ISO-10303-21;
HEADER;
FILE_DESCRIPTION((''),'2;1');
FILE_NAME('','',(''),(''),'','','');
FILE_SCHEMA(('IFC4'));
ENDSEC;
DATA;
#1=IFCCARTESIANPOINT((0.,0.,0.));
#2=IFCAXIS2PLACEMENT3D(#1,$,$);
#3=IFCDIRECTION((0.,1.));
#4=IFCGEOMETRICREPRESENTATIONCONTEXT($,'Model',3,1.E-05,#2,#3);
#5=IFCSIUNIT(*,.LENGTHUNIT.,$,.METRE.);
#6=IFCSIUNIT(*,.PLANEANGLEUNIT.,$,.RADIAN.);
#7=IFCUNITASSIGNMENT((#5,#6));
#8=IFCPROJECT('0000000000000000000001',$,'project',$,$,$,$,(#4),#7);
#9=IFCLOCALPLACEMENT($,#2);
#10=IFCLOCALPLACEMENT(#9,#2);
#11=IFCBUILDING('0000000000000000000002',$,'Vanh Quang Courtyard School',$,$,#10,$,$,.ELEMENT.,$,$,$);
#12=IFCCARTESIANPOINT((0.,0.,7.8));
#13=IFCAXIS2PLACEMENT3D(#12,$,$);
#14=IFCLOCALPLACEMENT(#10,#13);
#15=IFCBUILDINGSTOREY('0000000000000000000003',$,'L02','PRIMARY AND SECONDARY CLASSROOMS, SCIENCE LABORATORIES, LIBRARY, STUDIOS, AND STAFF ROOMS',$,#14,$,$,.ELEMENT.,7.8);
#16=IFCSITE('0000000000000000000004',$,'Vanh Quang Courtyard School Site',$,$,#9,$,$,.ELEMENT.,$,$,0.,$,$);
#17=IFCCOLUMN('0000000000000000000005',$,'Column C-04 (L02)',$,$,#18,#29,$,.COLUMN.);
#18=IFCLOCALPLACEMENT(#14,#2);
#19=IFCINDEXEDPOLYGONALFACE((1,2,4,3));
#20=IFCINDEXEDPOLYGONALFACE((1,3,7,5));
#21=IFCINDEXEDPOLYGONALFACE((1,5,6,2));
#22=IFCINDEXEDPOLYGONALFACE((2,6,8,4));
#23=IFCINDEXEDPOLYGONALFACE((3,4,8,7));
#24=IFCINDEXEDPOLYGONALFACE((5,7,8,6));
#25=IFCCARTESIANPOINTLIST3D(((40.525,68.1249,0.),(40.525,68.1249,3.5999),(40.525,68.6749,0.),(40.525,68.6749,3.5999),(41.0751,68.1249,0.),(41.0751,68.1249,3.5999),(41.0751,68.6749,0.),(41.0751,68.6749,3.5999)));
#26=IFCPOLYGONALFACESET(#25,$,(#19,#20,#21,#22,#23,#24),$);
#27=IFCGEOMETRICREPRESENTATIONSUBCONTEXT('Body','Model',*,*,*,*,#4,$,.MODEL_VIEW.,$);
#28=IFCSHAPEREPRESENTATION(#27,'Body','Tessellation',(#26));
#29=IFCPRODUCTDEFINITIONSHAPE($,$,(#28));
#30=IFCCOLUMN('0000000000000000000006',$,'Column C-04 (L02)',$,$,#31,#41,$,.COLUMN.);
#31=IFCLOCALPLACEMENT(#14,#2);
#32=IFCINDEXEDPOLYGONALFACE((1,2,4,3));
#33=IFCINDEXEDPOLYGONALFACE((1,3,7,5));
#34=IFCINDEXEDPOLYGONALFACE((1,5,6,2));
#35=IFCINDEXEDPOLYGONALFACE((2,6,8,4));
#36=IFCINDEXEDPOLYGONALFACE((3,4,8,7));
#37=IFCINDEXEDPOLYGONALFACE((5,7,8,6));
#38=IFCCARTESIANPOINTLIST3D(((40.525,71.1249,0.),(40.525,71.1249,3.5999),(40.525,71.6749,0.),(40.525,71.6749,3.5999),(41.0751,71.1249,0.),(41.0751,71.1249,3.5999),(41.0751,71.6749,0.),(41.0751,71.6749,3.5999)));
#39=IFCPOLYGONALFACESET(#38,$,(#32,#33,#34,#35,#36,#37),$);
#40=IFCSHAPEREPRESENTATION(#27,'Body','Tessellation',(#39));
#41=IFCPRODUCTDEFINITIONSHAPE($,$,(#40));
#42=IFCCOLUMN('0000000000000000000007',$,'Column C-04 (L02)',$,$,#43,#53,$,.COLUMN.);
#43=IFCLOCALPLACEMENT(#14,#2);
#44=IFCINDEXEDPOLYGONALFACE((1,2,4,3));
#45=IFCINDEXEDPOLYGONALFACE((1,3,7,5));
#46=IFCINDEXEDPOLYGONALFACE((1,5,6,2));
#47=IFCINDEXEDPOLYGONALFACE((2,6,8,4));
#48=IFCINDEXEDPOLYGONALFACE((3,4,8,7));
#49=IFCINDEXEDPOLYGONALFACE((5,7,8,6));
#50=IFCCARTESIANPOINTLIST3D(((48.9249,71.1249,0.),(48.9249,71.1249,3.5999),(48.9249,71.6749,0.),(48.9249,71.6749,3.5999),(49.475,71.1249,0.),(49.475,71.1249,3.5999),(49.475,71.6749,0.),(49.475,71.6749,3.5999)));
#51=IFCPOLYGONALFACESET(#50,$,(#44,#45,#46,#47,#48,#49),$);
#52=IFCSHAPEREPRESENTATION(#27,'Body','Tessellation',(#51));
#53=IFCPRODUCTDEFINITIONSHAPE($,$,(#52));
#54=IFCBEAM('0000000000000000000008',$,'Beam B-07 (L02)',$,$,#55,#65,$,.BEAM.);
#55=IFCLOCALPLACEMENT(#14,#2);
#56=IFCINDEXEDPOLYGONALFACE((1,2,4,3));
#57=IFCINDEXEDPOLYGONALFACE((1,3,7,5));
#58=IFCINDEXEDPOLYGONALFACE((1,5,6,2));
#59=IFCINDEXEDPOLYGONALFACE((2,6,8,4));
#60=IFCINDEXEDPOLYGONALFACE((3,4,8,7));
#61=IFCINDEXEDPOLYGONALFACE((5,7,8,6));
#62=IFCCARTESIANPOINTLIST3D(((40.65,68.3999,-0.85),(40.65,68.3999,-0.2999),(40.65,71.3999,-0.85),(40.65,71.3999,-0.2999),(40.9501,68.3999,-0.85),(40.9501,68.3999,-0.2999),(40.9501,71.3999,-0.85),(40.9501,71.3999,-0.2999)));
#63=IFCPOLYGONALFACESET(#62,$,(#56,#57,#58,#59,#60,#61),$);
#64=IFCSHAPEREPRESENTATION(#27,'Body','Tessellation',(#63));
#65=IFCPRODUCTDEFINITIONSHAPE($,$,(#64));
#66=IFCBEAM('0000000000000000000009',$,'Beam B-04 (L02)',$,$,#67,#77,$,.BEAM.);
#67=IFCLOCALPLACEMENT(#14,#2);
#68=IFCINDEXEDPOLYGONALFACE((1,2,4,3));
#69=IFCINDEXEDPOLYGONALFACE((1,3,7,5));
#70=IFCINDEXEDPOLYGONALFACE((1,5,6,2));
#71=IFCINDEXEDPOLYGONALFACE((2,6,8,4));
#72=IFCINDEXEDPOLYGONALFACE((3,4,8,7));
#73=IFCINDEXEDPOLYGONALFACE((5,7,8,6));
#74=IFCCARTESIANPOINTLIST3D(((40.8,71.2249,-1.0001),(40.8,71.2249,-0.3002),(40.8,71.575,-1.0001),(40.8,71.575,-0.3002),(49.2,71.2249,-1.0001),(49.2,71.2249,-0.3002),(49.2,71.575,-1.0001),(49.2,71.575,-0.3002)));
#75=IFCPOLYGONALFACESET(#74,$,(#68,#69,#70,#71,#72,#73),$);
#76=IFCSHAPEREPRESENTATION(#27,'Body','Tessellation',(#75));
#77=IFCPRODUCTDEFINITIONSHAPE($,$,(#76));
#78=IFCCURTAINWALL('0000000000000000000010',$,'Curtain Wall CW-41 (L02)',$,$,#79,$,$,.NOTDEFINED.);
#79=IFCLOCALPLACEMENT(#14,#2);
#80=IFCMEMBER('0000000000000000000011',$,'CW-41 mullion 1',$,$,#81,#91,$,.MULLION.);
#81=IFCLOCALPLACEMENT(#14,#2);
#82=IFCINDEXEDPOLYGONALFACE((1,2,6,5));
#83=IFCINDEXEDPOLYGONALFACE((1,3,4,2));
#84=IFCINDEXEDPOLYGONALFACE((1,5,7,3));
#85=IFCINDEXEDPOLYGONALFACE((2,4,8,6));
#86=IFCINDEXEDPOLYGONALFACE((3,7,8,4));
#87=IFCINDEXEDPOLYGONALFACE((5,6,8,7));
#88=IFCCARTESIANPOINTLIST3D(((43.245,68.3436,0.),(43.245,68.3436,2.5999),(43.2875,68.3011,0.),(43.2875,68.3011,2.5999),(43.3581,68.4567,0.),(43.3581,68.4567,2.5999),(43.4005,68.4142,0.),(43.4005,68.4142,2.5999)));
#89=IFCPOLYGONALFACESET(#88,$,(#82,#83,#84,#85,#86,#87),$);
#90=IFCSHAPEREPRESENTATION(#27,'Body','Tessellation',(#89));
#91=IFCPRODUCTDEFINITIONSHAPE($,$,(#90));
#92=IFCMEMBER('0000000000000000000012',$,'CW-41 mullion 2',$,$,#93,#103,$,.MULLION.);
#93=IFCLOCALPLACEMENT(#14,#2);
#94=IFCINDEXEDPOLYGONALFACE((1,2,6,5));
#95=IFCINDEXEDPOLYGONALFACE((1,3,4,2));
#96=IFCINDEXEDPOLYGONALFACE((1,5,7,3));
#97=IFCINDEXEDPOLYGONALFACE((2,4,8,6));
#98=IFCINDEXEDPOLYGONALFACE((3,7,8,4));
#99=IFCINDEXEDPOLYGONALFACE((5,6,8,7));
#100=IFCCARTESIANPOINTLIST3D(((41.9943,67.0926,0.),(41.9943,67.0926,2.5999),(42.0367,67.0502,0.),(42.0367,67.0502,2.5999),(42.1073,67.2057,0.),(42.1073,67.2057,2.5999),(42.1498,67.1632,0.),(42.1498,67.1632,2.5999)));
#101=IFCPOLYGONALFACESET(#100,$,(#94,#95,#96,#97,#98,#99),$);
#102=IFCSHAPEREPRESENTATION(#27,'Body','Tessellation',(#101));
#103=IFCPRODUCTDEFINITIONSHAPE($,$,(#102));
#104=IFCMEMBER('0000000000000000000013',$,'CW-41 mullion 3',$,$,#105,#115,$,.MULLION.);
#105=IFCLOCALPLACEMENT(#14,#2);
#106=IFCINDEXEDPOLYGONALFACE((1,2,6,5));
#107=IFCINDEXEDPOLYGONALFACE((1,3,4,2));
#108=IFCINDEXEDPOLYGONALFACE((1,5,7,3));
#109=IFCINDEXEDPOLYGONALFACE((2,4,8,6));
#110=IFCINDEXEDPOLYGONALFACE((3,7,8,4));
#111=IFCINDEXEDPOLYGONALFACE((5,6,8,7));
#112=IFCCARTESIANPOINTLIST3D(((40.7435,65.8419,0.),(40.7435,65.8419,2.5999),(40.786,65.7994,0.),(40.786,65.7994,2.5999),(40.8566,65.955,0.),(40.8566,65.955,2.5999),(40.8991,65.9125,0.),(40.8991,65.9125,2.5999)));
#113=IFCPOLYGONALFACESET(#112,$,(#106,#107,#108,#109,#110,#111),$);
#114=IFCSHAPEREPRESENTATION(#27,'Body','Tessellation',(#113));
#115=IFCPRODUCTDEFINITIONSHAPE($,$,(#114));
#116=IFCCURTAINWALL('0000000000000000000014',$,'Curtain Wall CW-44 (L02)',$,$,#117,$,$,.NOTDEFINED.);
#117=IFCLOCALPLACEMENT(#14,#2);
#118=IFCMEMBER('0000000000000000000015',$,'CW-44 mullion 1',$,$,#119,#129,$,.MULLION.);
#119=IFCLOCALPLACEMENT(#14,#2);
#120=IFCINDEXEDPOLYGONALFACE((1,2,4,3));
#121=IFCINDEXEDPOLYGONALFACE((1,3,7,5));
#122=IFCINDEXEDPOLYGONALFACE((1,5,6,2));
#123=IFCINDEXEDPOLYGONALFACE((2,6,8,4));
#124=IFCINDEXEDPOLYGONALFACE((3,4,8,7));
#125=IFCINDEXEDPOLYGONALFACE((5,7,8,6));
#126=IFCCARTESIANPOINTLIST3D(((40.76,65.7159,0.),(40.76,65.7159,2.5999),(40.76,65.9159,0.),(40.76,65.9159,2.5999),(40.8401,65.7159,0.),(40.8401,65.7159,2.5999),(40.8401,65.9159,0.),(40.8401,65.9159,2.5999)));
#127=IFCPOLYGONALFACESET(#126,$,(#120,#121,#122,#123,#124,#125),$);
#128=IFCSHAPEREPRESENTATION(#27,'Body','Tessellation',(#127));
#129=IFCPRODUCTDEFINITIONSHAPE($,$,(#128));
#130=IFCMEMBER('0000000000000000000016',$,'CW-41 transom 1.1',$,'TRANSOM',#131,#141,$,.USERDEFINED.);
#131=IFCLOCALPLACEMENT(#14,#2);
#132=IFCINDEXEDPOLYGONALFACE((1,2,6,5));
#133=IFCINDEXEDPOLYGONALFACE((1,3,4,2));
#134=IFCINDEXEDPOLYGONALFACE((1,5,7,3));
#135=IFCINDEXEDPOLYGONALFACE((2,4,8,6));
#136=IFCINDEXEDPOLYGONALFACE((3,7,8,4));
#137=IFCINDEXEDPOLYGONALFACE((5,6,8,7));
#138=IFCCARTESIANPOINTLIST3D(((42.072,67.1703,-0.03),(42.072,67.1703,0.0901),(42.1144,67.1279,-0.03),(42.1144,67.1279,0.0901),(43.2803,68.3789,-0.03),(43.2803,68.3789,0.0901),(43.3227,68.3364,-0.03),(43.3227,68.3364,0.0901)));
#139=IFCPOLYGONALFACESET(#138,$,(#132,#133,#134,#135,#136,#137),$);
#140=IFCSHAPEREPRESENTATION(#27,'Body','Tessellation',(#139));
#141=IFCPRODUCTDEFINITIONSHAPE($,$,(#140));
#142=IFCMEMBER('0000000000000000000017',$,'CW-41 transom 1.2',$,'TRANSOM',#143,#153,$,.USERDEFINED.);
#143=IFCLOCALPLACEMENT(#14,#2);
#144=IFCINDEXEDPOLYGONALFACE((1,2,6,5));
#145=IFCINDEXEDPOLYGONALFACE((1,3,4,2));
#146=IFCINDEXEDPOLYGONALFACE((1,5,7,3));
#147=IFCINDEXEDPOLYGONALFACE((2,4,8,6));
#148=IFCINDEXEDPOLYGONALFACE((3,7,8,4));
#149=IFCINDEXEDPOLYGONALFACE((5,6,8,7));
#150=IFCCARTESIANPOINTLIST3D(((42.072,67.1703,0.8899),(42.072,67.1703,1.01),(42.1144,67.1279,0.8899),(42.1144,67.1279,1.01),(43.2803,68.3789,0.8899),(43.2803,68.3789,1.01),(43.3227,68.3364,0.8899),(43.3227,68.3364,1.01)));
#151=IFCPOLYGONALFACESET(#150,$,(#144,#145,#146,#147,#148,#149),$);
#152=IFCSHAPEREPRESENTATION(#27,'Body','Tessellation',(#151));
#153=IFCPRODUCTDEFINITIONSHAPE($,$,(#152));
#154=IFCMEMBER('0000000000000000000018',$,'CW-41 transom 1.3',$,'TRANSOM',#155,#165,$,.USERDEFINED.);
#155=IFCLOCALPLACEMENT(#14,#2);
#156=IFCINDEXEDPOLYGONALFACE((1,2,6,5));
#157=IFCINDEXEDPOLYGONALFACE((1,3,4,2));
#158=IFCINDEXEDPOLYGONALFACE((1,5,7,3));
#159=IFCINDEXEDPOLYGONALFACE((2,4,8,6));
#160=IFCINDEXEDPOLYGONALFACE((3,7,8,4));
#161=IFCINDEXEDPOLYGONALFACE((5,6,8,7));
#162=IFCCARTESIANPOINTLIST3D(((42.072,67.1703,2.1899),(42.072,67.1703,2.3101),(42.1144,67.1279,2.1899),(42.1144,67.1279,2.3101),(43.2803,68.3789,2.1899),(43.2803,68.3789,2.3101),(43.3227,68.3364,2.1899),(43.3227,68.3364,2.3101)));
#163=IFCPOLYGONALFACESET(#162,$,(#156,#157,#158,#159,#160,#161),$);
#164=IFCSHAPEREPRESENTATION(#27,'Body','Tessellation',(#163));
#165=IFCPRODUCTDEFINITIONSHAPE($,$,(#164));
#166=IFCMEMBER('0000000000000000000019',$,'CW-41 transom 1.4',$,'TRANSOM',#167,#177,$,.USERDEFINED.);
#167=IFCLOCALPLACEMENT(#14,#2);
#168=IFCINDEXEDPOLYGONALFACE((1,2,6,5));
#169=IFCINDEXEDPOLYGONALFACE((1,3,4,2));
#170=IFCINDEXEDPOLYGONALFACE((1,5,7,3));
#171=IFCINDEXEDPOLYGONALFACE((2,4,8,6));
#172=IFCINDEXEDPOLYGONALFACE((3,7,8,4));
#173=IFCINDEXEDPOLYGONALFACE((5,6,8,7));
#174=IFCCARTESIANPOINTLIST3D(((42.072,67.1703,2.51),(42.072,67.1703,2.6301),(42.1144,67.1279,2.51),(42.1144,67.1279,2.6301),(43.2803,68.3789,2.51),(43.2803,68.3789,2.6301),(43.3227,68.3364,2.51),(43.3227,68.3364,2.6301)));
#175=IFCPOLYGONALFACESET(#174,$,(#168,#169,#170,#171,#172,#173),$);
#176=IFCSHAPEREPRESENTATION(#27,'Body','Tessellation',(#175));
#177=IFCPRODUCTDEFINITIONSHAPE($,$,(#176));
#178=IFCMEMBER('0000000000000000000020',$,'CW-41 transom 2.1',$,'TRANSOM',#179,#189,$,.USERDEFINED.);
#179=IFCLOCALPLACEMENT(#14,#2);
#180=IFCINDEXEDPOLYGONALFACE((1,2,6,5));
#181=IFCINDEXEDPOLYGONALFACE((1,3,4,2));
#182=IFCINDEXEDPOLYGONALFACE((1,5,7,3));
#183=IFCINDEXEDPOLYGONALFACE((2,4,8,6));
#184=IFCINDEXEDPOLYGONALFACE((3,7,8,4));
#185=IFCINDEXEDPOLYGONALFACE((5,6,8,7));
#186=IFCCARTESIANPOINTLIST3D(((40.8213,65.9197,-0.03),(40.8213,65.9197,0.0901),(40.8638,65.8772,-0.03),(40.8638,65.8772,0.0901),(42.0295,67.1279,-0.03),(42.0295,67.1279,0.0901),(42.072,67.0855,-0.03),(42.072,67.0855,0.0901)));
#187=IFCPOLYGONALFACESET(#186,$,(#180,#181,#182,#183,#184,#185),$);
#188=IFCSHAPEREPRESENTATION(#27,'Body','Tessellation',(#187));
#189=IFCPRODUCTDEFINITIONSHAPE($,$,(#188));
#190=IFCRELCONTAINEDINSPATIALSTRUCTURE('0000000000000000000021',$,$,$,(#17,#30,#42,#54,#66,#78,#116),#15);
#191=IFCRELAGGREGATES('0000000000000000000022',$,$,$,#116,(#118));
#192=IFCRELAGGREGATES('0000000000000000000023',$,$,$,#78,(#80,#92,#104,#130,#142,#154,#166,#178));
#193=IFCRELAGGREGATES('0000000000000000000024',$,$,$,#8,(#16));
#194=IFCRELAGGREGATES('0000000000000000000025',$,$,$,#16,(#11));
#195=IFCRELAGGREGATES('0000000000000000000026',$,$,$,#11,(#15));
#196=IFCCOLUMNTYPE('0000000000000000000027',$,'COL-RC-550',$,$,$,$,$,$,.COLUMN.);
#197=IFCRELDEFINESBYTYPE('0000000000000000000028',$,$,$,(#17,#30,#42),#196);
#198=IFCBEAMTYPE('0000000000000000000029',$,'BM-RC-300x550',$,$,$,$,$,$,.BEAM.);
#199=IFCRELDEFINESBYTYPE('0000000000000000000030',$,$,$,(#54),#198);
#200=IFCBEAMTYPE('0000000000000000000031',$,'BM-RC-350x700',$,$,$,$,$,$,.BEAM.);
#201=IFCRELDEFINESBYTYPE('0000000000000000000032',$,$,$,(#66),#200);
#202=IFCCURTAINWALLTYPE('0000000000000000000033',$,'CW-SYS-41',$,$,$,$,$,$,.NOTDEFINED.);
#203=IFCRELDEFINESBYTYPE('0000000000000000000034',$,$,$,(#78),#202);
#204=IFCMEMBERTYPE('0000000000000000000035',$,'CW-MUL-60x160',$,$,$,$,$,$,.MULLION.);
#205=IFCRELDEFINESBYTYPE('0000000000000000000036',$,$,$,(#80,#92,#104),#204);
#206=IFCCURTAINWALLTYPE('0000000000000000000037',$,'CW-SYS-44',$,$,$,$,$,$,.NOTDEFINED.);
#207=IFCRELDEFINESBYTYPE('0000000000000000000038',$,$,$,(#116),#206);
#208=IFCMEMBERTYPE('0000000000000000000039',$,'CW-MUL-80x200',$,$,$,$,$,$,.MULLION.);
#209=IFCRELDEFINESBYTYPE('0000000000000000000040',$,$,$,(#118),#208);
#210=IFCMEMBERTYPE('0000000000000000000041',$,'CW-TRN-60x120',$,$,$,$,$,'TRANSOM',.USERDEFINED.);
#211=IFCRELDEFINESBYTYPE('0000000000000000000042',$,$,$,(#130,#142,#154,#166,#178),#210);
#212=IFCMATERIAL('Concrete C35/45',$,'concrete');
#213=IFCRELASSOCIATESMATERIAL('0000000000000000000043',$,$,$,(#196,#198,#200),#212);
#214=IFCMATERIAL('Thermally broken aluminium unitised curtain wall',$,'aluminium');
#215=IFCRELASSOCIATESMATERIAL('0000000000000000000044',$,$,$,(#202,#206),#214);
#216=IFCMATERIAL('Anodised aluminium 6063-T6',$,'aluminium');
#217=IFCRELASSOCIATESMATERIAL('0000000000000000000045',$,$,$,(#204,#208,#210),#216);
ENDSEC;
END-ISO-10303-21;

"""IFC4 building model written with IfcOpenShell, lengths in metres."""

from ifc_helpers import new_model, si_unit, direction, frame, origin, origin_2d, place, context, subcontext, project, spatial, rectangle, extrude, material, material_profile, profile_set, type_object, element, aggregate, save


model = new_model("IFC4")

# Units and contexts
model_context = context("Model", 3, precision=1e-05, world=origin(), true_north=direction((0.0, 1.0)))
body_context = subcontext(model_context, "Body", "Model", "MODEL_VIEW")
ifc_project = project(units=[si_unit("LENGTHUNIT", "METRE"), si_unit("PLANEANGLEUNIT", "RADIAN")], contexts=[model_context])

# Site, building, storey
site_placement = place(None, origin())
site = spatial("IfcSite", under=ifc_project, at=site_placement, Name="Vanh Quang Courtyard School Site", CompositionType="ELEMENT", RefElevation=0.0)
building_placement = place(site_placement, origin())
building = spatial("IfcBuilding", under=site, at=building_placement, Name="Vanh Quang Courtyard School", CompositionType="ELEMENT")
storey_placement = place(building_placement, frame((0.0, 0.0, 7.8)))
storey = spatial("IfcBuildingStorey", under=building, at=storey_placement, Name="L02", Description="PRIMARY AND SECONDARY CLASSROOMS, SCIENCE LABORATORIES, LIBRARY, STUDIOS, AND STAFF ROOMS", CompositionType="ELEMENT", Elevation=7.8)

# Columns
ifc_material_1 = material(Name="Concrete C35/45", Category="concrete")
ifc_material_profile_1 = material_profile(ifc_material_1, rectangle(XDim=0.55, YDim=0.55, at=origin_2d()), Name="RC-COL 550x550")
ifc_profile_set_1 = profile_set([ifc_material_profile_1], Name="Concrete C35/45")
column_type = type_object("IfcColumnType", Name="COL-RC-550", PredefinedType="COLUMN", material=ifc_profile_set_1)
for number, where, z_axis, x_axis, name in (
    (1, (40.8, 68.3999, 0.0), (0.0, 0.0, 1.0), (1.0, 0.0, 0.0), "Column C-04 (L02)"),
    (2, (40.8, 71.3999, 0.0), (0.0, 0.0, 1.0), (1.0, 0.0, 0.0), "Column C-04 (L02)"),
    (3, (49.2, 71.3999, 0.0), (0.0, 0.0, 1.0), (1.0, 0.0, 0.0), "Column C-04 (L02)"),
):
    element("IfcColumn", number, at=place(storey_placement, frame(where, z_axis=z_axis, x_axis=x_axis)), inside=storey, type_object=column_type, Name=name, PredefinedType="COLUMN", context=body_context, shape_type="SweptSolid", body=[
        extrude(rectangle(XDim=0.55, YDim=0.55, at=origin_2d()), origin(), (0.0, 0.0, 1.0), 3.5999),
    ])

# Beams
ifc_material_profile_2 = material_profile(ifc_material_1, rectangle(XDim=0.3, YDim=0.55, at=origin_2d()), Name="RC-BM 300x550")
ifc_profile_set_2 = profile_set([ifc_material_profile_2], Name="Concrete C35/45")
beam_type_1 = type_object("IfcBeamType", Name="BM-RC-300x550", PredefinedType="BEAM", material=ifc_profile_set_2)
beam_1_placement = place(storey_placement, frame((40.8, 68.3999, -0.575), z_axis=(0.0, 1.0, 0.0), x_axis=(-1.0, 0.0, 0.0)))
element("IfcBeam", 4, at=beam_1_placement, inside=storey, type_object=beam_type_1, Name="Beam B-07 (L02)", PredefinedType="BEAM", context=body_context, shape_type="SweptSolid", body=[
    extrude(rectangle(XDim=0.3, YDim=0.55, at=origin_2d()), origin(), (0.0, 0.0, 1.0), 3.0),
])
ifc_material_profile_3 = material_profile(ifc_material_1, rectangle(XDim=0.3501, YDim=0.7, at=origin_2d()), Name="RC-BM 350x700")
ifc_profile_set_3 = profile_set([ifc_material_profile_3], Name="Concrete C35/45")
beam_type_2 = type_object("IfcBeamType", Name="BM-RC-350x700", PredefinedType="BEAM", material=ifc_profile_set_3)
beam_2_placement = place(storey_placement, frame((40.8, 71.3999, -0.6501), z_axis=(1.0, 0.0, 0.0), x_axis=(0.0, 1.0, 0.0)))
element("IfcBeam", 5, at=beam_2_placement, inside=storey, type_object=beam_type_2, Name="Beam B-04 (L02)", PredefinedType="BEAM", context=body_context, shape_type="SweptSolid", body=[
    extrude(rectangle(XDim=0.3501, YDim=0.7, at=origin_2d()), origin(), (0.0, 0.0, 1.0), 8.3999),
])

# Curtain wall, members
ifc_material_2 = material(Name="Thermally broken aluminium unitised curtain wall", Category="aluminium")
curtain_wall_type_1 = type_object("IfcCurtainWallType", Name="CW-SYS-41", PredefinedType="NOTDEFINED", material=ifc_material_2)
curtain_wall_1_placement = place(storey_placement, origin())
curtain_wall_1 = element("IfcCurtainWall", 6, at=curtain_wall_1_placement, inside=storey, type_object=curtain_wall_type_1, Name="Curtain Wall CW-41 (L02)", PredefinedType="NOTDEFINED")
ifc_material_3 = material(Name="Anodised aluminium 6063-T6", Category="aluminium")
ifc_material_profile_4 = material_profile(ifc_material_3, rectangle(XDim=0.0601, YDim=0.1599, at=origin_2d()), Name="ALU-MUL 60x160")
ifc_profile_set_4 = profile_set([ifc_material_profile_4], Name="Anodised aluminium 6063-T6")
member_type_1 = type_object("IfcMemberType", Name="CW-MUL-60x160", PredefinedType="MULLION", material=ifc_profile_set_4)
member_1_placement = place(storey_placement, frame((43.3228, 68.3789, 0.0), z_axis=(0.0, 0.0, 1.0), x_axis=(0.707107, -0.707107, 0.0)))
member_1 = element("IfcMember", 7, at=member_1_placement, type_object=member_type_1, Name="CW-41 mullion 1", PredefinedType="MULLION", context=body_context, shape_type="SweptSolid", body=[
    extrude(rectangle(XDim=0.0601, YDim=0.1599, at=origin_2d()), origin(), (0.0, 0.0, 1.0), 2.5999),
])
member_2_placement = place(storey_placement, frame((42.072, 67.1279, 0.0), z_axis=(0.0, 0.0, 1.0), x_axis=(0.707107, -0.707107, 0.0)))
member_2 = element("IfcMember", 8, at=member_2_placement, type_object=member_type_1, Name="CW-41 mullion 2", PredefinedType="MULLION", context=body_context, shape_type="SweptSolid", body=[
    extrude(rectangle(XDim=0.0601, YDim=0.1599, at=origin_2d()), origin(), (0.0, 0.0, 1.0), 2.5999),
])
member_3_placement = place(storey_placement, frame((40.8213, 65.8772, 0.0), z_axis=(0.0, 0.0, 1.0), x_axis=(0.707107, -0.707107, 0.0)))
member_3 = element("IfcMember", 9, at=member_3_placement, type_object=member_type_1, Name="CW-41 mullion 3", PredefinedType="MULLION", context=body_context, shape_type="SweptSolid", body=[
    extrude(rectangle(XDim=0.0601, YDim=0.1599, at=origin_2d()), origin(), (0.0, 0.0, 1.0), 2.5999),
])

# Curtain wall, member
curtain_wall_type_2 = type_object("IfcCurtainWallType", Name="CW-SYS-44", PredefinedType="NOTDEFINED", material=ifc_material_2)
curtain_wall_2_placement = place(storey_placement, origin())
curtain_wall_2 = element("IfcCurtainWall", 10, at=curtain_wall_2_placement, inside=storey, type_object=curtain_wall_type_2, Name="Curtain Wall CW-44 (L02)", PredefinedType="NOTDEFINED")
ifc_material_profile_5 = material_profile(ifc_material_3, rectangle(XDim=0.0801, YDim=0.2, at=origin_2d()), Name="ALU-MUL 80x200")
ifc_profile_set_5 = profile_set([ifc_material_profile_5], Name="Anodised aluminium 6063-T6")
member_type_2 = type_object("IfcMemberType", Name="CW-MUL-80x200", PredefinedType="MULLION", material=ifc_profile_set_5)
member_4_placement = place(storey_placement, frame((40.8, 65.8159, 0.0), z_axis=(0.0, 0.0, 1.0), x_axis=(1.0, 0.0, 0.0)))
member_4 = element("IfcMember", 11, at=member_4_placement, type_object=member_type_2, Name="CW-44 mullion 1", PredefinedType="MULLION", context=body_context, shape_type="SweptSolid", body=[
    extrude(rectangle(XDim=0.0801, YDim=0.2, at=origin_2d()), origin(), (0.0, 0.0, 1.0), 2.5999),
])

# Members
ifc_material_profile_6 = material_profile(ifc_material_3, rectangle(XDim=0.0601, YDim=0.1201, at=origin_2d()), Name="ALU-TRN 60x120")
ifc_profile_set_6 = profile_set([ifc_material_profile_6], Name="Anodised aluminium 6063-T6")
member_type_3 = type_object("IfcMemberType", Name="CW-TRN-60x120", ElementType="TRANSOM", PredefinedType="USERDEFINED", material=ifc_profile_set_6)
member_5_placement = place(storey_placement, frame((43.3015, 68.3577, 0.03), z_axis=(-0.707035, -0.707178, 0.0), x_axis=(0.707178, -0.707035, 0.0)))
member_5 = element("IfcMember", 12, at=member_5_placement, type_object=member_type_3, Name="CW-41 transom 1.1", ObjectType="TRANSOM", PredefinedType="USERDEFINED", context=body_context, shape_type="SweptSolid", body=[
    extrude(rectangle(XDim=0.0601, YDim=0.1201, at=origin_2d()), origin(), (0.0, 0.0, 1.0), 1.709),
])
member_6_placement = place(storey_placement, frame((43.3015, 68.3577, 0.95), z_axis=(-0.707035, -0.707178, 0.0), x_axis=(0.707178, -0.707035, 0.0)))
member_6 = element("IfcMember", 13, at=member_6_placement, type_object=member_type_3, Name="CW-41 transom 1.2", ObjectType="TRANSOM", PredefinedType="USERDEFINED", context=body_context, shape_type="SweptSolid", body=[
    extrude(rectangle(XDim=0.0601, YDim=0.1201, at=origin_2d()), origin(), (0.0, 0.0, 1.0), 1.709),
])
member_7_placement = place(storey_placement, frame((43.3015, 68.3577, 2.25), z_axis=(-0.707035, -0.707178, 0.0), x_axis=(0.707178, -0.707035, 0.0)))
member_7 = element("IfcMember", 14, at=member_7_placement, type_object=member_type_3, Name="CW-41 transom 1.3", ObjectType="TRANSOM", PredefinedType="USERDEFINED", context=body_context, shape_type="SweptSolid", body=[
    extrude(rectangle(XDim=0.0601, YDim=0.1201, at=origin_2d()), origin(), (0.0, 0.0, 1.0), 1.709),
])
member_8_placement = place(storey_placement, frame((43.3015, 68.3577, 2.5701), z_axis=(-0.707035, -0.707178, 0.0), x_axis=(0.707178, -0.707035, 0.0)))
member_8 = element("IfcMember", 15, at=member_8_placement, type_object=member_type_3, Name="CW-41 transom 1.4", ObjectType="TRANSOM", PredefinedType="USERDEFINED", context=body_context, shape_type="SweptSolid", body=[
    extrude(rectangle(XDim=0.0601, YDim=0.1201, at=origin_2d()), origin(), (0.0, 0.0, 1.0), 1.709),
])
member_9_placement = place(storey_placement, frame((42.0508, 67.1067, 0.03), z_axis=(-0.707107, -0.707107, 0.0), x_axis=(0.707107, -0.707107, 0.0)))
member_9 = element("IfcMember", 16, at=member_9_placement, type_object=member_type_3, Name="CW-41 transom 2.1", ObjectType="TRANSOM", PredefinedType="USERDEFINED", context=body_context, shape_type="SweptSolid", body=[
    extrude(rectangle(XDim=0.0601, YDim=0.1201, at=origin_2d()), origin(), (0.0, 0.0, 1.0), 1.7087),
])
aggregate(curtain_wall_2, [member_4])

aggregate(curtain_wall_1, [member_1, member_2, member_3, member_5, member_6, member_7, member_8, member_9])

save(model, "model.ifc")
